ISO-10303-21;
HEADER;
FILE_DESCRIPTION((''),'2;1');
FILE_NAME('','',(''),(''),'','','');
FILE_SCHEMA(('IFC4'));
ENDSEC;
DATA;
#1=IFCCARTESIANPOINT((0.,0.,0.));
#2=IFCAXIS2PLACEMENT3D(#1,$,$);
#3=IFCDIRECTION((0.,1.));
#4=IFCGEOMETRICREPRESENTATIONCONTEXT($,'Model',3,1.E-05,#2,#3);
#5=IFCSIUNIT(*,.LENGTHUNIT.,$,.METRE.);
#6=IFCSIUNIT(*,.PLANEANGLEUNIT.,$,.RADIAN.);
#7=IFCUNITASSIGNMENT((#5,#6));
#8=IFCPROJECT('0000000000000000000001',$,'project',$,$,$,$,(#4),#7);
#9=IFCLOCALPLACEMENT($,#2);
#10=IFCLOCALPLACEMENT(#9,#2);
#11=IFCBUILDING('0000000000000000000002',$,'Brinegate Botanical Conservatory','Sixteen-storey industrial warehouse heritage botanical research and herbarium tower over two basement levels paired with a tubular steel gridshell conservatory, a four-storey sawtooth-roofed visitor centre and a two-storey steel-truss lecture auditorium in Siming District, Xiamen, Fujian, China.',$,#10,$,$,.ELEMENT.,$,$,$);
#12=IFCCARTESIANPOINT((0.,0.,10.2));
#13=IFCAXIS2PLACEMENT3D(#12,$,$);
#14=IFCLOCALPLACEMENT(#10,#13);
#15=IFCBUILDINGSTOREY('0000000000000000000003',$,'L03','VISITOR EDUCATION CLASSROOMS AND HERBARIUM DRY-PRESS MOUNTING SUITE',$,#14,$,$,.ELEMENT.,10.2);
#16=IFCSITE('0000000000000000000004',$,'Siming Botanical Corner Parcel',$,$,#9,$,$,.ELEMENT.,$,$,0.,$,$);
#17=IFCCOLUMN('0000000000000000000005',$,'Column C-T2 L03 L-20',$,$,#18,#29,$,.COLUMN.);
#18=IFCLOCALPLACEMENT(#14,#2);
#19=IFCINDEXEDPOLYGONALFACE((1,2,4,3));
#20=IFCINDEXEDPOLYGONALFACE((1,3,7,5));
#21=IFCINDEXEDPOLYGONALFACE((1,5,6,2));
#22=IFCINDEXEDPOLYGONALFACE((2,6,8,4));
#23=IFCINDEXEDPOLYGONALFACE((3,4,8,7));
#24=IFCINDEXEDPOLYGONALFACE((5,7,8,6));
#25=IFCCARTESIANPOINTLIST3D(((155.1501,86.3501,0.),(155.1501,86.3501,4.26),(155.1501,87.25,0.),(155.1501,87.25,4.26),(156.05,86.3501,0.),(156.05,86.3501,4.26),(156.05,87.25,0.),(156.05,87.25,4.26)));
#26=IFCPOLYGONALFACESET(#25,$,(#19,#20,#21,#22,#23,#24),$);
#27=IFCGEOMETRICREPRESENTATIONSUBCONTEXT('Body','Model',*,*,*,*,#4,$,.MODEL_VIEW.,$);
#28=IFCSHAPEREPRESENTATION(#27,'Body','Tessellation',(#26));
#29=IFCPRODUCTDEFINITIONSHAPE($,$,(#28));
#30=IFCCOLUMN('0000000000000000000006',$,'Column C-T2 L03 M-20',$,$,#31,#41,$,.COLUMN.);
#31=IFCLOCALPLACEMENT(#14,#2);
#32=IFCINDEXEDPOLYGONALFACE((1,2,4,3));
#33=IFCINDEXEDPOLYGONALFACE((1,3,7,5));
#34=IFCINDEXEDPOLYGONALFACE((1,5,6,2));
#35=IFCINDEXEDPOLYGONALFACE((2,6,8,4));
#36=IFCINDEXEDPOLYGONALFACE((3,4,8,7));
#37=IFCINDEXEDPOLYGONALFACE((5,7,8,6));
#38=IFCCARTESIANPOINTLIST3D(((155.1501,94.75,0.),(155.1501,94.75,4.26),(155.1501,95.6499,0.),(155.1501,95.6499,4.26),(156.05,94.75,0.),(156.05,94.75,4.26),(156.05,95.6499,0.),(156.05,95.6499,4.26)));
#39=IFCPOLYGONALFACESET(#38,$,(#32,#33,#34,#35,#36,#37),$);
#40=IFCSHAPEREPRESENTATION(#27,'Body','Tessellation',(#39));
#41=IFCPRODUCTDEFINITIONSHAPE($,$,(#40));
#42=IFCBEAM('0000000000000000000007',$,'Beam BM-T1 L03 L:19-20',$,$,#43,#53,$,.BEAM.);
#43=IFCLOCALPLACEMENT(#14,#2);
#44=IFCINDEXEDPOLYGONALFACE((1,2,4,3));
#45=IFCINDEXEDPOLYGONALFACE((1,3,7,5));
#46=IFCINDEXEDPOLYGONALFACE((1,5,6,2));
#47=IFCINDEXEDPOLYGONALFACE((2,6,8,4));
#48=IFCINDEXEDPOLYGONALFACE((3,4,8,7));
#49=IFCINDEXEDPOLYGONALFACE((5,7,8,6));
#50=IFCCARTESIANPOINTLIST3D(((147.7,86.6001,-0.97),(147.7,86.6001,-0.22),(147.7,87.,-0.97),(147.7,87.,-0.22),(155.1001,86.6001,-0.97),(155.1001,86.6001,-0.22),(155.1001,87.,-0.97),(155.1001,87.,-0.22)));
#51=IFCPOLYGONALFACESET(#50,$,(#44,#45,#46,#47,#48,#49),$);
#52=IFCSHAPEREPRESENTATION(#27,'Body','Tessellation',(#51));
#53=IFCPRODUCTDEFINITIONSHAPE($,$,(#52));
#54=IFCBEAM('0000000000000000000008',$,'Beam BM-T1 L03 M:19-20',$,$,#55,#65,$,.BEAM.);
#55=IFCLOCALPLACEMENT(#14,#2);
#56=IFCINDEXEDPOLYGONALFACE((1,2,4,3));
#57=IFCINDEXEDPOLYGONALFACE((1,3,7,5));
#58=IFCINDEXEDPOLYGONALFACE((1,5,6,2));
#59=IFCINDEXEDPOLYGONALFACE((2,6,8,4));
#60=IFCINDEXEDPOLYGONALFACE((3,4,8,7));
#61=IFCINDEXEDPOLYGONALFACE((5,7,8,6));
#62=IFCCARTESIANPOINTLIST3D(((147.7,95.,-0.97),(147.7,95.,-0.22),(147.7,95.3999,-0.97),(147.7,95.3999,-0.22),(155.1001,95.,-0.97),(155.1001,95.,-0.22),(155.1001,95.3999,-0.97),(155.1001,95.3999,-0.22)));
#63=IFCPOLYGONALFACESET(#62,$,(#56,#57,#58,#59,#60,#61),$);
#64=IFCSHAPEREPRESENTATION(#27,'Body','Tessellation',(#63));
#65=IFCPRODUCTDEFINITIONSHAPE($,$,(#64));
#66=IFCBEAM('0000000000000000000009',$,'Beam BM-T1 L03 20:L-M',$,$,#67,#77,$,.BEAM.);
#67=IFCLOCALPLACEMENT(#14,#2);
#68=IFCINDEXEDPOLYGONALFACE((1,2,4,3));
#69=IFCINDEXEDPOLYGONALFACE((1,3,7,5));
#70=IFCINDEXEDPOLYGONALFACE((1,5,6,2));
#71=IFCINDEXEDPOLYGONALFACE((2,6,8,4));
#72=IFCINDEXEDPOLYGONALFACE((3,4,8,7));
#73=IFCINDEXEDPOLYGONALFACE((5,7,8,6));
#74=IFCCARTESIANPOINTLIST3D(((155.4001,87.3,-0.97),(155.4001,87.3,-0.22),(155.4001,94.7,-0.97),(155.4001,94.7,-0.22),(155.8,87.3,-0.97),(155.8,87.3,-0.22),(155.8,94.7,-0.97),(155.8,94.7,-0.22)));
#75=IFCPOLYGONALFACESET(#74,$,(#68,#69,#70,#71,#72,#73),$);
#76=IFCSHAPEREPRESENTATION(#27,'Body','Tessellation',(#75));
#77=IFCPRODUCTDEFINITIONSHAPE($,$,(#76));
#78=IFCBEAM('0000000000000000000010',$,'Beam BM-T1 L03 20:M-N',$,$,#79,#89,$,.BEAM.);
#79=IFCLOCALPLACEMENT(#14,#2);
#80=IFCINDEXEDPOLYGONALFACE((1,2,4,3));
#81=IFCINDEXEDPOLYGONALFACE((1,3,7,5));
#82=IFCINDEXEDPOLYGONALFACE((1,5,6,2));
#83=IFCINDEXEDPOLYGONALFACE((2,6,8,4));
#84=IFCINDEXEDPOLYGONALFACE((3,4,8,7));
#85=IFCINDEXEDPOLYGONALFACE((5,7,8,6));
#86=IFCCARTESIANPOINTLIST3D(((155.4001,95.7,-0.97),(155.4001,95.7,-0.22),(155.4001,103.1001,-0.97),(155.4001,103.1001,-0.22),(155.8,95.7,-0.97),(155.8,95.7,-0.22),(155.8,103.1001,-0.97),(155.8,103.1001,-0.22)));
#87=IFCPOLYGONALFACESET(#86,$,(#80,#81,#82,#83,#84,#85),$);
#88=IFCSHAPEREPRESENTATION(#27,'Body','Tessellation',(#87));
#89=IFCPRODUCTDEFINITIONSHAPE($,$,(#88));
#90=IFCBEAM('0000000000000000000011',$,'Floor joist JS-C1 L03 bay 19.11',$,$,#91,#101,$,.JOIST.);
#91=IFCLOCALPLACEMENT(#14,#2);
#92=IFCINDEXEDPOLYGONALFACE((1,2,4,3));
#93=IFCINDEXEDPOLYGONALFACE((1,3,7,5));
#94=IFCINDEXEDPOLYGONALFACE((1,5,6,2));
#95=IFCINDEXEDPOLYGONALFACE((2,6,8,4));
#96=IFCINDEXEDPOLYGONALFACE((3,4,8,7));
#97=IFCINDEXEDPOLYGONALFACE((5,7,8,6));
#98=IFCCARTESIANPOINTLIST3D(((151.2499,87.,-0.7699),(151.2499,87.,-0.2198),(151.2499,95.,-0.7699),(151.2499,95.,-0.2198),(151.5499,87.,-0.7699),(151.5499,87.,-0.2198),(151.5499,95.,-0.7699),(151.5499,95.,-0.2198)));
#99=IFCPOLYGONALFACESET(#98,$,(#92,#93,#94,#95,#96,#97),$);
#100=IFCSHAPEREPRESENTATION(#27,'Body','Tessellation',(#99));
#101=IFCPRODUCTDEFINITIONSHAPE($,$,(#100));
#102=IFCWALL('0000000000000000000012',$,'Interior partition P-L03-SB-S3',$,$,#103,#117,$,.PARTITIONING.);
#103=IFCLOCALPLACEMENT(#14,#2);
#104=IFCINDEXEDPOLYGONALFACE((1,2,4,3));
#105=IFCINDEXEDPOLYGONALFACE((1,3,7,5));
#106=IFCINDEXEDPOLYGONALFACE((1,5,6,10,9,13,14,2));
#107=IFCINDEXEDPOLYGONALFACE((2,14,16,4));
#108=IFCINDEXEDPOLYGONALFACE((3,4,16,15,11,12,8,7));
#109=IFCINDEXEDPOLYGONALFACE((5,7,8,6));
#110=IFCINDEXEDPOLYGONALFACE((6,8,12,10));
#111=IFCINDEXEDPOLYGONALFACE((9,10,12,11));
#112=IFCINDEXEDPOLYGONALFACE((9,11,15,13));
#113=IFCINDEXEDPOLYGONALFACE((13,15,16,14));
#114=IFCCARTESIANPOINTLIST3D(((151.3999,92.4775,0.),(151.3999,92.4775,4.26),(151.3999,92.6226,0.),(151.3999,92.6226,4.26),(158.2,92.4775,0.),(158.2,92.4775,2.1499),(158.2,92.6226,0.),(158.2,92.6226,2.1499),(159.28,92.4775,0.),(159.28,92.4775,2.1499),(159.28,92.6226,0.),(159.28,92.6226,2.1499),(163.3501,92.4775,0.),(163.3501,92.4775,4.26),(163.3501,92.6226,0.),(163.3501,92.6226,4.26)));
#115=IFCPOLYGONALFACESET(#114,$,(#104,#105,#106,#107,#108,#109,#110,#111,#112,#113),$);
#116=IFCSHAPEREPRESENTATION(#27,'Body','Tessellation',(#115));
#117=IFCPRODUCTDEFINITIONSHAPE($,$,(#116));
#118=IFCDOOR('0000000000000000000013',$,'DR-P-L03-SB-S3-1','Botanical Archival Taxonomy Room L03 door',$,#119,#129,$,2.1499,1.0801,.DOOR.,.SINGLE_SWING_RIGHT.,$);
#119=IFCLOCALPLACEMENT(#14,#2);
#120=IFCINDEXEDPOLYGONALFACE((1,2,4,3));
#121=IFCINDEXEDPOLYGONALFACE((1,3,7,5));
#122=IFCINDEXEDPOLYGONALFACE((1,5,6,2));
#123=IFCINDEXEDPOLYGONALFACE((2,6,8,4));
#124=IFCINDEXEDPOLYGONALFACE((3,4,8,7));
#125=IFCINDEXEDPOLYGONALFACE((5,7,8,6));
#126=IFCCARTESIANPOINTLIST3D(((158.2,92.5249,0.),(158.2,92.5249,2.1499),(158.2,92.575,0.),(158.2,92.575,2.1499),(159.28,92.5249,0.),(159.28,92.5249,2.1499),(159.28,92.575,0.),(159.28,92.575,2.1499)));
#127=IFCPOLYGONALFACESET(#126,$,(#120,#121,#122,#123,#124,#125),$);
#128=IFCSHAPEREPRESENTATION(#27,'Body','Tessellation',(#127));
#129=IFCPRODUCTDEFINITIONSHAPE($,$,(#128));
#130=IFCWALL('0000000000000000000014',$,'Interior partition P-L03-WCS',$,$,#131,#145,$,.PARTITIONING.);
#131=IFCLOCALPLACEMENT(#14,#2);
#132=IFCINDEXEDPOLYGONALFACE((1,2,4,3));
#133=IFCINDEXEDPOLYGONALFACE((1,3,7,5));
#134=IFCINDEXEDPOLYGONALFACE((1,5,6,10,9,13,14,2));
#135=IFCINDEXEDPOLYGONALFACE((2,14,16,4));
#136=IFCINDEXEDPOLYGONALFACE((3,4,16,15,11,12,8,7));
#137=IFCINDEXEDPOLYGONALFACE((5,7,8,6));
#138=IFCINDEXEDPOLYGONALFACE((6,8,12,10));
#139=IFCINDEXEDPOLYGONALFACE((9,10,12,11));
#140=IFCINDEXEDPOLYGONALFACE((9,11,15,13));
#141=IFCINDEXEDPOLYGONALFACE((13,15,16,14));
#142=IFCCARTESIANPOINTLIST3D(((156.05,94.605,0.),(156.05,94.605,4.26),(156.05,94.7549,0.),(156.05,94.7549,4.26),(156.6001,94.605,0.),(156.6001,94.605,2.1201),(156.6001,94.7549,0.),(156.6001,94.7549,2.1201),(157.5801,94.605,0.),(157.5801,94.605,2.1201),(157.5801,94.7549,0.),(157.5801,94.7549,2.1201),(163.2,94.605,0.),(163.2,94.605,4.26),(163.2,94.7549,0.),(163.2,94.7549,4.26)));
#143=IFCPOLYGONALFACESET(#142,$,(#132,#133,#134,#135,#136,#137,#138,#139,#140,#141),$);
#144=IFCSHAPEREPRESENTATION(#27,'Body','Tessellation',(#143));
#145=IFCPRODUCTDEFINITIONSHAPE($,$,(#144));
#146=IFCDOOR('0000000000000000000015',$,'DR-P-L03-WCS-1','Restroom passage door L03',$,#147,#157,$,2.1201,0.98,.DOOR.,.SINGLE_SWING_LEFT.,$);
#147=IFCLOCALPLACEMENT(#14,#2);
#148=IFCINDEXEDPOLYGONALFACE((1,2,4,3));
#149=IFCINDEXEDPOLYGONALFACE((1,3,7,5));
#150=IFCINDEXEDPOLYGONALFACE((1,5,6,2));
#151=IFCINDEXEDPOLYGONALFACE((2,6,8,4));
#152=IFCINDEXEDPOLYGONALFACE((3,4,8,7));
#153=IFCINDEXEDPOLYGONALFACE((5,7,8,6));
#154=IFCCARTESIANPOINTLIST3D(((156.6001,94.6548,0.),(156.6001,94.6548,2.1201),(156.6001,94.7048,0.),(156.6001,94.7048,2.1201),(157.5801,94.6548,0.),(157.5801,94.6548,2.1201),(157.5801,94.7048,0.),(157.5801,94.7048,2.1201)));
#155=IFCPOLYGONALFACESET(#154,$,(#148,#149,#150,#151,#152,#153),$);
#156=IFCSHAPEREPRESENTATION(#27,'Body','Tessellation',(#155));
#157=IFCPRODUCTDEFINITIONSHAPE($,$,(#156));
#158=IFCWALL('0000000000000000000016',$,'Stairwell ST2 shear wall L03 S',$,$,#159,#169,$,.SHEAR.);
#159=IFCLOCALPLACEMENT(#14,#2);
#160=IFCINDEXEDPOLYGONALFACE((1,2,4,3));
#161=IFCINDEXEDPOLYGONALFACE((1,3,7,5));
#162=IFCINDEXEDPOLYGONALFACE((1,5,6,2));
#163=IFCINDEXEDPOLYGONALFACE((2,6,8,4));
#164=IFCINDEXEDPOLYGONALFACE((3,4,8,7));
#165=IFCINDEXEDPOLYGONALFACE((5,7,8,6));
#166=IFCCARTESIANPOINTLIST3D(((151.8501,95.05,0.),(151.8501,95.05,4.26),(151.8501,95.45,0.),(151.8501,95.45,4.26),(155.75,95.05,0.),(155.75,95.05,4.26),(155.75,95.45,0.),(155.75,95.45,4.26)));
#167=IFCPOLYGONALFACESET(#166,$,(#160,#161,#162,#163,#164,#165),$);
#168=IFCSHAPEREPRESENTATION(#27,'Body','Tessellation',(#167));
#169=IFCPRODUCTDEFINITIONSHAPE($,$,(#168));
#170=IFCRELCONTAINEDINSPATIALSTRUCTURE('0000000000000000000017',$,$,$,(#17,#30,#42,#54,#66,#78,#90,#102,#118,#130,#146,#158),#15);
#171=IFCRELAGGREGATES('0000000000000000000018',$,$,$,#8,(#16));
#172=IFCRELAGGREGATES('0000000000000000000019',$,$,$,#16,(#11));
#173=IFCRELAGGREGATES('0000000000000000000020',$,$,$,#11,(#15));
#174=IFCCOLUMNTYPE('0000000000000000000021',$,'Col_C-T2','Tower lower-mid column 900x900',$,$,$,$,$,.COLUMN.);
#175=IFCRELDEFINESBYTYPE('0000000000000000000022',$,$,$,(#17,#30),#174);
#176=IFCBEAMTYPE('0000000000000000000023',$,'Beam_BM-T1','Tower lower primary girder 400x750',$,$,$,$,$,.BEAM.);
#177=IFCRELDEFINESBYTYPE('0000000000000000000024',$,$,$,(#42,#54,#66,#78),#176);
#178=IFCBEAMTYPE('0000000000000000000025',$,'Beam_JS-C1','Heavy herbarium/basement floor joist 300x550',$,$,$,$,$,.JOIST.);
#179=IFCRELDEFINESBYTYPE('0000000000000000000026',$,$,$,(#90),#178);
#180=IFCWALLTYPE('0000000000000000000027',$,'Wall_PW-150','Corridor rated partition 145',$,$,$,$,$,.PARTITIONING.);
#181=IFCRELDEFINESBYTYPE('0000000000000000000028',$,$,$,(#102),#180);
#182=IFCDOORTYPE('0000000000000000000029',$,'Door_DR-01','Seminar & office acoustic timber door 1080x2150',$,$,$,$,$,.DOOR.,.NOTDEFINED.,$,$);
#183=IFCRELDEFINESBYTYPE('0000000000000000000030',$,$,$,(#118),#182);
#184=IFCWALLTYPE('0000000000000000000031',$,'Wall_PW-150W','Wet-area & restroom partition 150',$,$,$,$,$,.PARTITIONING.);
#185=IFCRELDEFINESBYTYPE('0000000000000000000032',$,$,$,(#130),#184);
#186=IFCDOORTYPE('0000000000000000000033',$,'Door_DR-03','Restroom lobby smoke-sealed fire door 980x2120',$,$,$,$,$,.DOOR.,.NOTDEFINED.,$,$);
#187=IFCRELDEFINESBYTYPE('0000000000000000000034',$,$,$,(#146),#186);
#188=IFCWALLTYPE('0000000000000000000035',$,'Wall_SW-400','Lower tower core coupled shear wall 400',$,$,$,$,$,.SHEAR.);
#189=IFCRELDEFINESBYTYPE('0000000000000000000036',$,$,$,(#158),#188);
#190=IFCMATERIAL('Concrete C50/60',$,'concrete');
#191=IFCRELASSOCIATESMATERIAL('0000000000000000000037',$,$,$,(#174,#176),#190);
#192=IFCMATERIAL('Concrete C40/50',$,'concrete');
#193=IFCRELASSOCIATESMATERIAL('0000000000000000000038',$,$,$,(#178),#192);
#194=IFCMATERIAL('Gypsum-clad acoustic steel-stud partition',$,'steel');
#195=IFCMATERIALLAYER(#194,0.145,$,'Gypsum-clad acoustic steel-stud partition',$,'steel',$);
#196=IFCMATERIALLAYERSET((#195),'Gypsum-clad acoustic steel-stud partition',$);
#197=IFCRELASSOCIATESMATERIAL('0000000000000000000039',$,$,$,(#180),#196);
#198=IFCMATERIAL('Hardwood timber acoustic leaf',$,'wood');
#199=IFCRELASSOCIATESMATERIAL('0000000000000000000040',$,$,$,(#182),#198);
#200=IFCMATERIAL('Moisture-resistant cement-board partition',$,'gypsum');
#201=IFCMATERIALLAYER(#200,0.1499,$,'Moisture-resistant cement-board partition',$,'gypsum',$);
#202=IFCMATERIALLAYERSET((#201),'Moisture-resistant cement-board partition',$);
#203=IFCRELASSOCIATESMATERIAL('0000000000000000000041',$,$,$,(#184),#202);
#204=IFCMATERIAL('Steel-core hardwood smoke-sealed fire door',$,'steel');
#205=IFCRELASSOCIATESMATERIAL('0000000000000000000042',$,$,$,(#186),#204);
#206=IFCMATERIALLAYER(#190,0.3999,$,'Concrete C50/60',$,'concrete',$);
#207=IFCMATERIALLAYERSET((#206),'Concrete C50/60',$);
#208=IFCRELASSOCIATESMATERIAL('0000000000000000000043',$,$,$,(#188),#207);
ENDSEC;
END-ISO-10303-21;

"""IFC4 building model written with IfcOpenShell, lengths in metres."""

from ifc_helpers import new_model, si_unit, direction, frame, frame_2d, origin, origin_2d, place, context, subcontext, project, spatial, rectangle, extrude, material, layer, layer_set, material_profile, profile_set, type_object, element, fill, save


model = new_model("IFC4")

# Units and contexts
model_context = context("Model", 3, precision=1e-05, world=origin(), true_north=direction((0.0, 1.0)))
body_context = subcontext(model_context, "Body", "Model", "MODEL_VIEW")
ifc_project = project(units=[si_unit("LENGTHUNIT", "METRE"), si_unit("PLANEANGLEUNIT", "RADIAN")], contexts=[model_context])

# Site, building, storey
site_placement = place(None, origin())
site = spatial("IfcSite", under=ifc_project, at=site_placement, Name="Siming Botanical Corner Parcel", CompositionType="ELEMENT", RefElevation=0.0)
building_placement = place(site_placement, origin())
building = spatial("IfcBuilding", under=site, at=building_placement, Name="Brinegate Botanical Conservatory", Description="Sixteen-storey industrial warehouse heritage botanical research and herbarium tower over two basement levels paired with a tubular steel gridshell conservatory, a four-storey sawtooth-roofed visitor centre and a two-storey steel-truss lecture auditorium in Siming District, Xiamen, Fujian, China.", CompositionType="ELEMENT")
storey_placement = place(building_placement, frame((0.0, 0.0, 10.2)))
storey = spatial("IfcBuildingStorey", under=building, at=storey_placement, Name="L03", Description="VISITOR EDUCATION CLASSROOMS AND HERBARIUM DRY-PRESS MOUNTING SUITE", CompositionType="ELEMENT", Elevation=10.2)

# Columns
ifc_material_1 = material(Name="Concrete C50/60", Category="concrete")
ifc_material_profile_1 = material_profile(ifc_material_1, rectangle(XDim=0.8999, YDim=0.8999, at=origin_2d()), Name="RC COL 900x900")
ifc_profile_set_1 = profile_set([ifc_material_profile_1], Name="Concrete C50/60")
column_type = type_object("IfcColumnType", Name="Col_C-T2", Description="Tower lower-mid column 900x900", PredefinedType="COLUMN", material=ifc_profile_set_1)
for number, where, z_axis, x_axis, name in (
    (1, (155.6001, 86.8, 0.0), (0.0, 0.0, 1.0), (1.0, 0.0, 0.0), "Column C-T2 L03 L-20"),
    (2, (155.6001, 95.2, 0.0), (0.0, 0.0, 1.0), (1.0, 0.0, 0.0), "Column C-T2 L03 M-20"),
):
    element("IfcColumn", number, at=place(storey_placement, frame(where, z_axis=z_axis, x_axis=x_axis)), inside=storey, type_object=column_type, Name=name, PredefinedType="COLUMN", context=body_context, shape_type="SweptSolid", body=[
        extrude(rectangle(XDim=0.8999, YDim=0.8999, at=origin_2d()), origin(), (0.0, 0.0, 1.0), 4.26),
    ])

# Beams
ifc_material_profile_2 = material_profile(ifc_material_1, rectangle(XDim=0.3999, YDim=0.75, at=origin_2d()), Name="RC BM 400x750")
ifc_profile_set_2 = profile_set([ifc_material_profile_2], Name="Concrete C50/60")
beam_type_1 = type_object("IfcBeamType", Name="Beam_BM-T1", Description="Tower lower primary girder 400x750", PredefinedType="BEAM", material=ifc_profile_set_2)
for number, where, z_axis, x_axis, name in (
    (3, (147.7, 86.8, -0.595), (1.0, 0.0, 0.0), (0.0, 1.0, 0.0), "Beam BM-T1 L03 L:19-20"),
    (4, (147.7, 95.2, -0.595), (1.0, 0.0, 0.0), (0.0, 1.0, 0.0), "Beam BM-T1 L03 M:19-20"),
):
    element("IfcBeam", number, at=place(storey_placement, frame(where, z_axis=z_axis, x_axis=x_axis)), inside=storey, type_object=beam_type_1, Name=name, PredefinedType="BEAM", context=body_context, shape_type="SweptSolid", body=[
        extrude(rectangle(XDim=0.3999, YDim=0.75, at=origin_2d()), origin(), (0.0, 0.0, 1.0), 7.4001),
    ])
beam_1_placement = place(storey_placement, frame((155.6001, 87.3, -0.595), z_axis=(0.0, 1.0, 0.0), x_axis=(-1.0, 0.0, 0.0)))
element("IfcBeam", 5, at=beam_1_placement, inside=storey, type_object=beam_type_1, Name="Beam BM-T1 L03 20:L-M", PredefinedType="BEAM", context=body_context, shape_type="SweptSolid", body=[
    extrude(rectangle(XDim=0.3999, YDim=0.75, at=origin_2d()), origin(), (0.0, 0.0, 1.0), 7.3999),
])
beam_2_placement = place(storey_placement, frame((155.6001, 95.7, -0.595), z_axis=(0.0, 1.0, 0.0), x_axis=(-1.0, 0.0, 0.0)))
element("IfcBeam", 6, at=beam_2_placement, inside=storey, type_object=beam_type_1, Name="Beam BM-T1 L03 20:M-N", PredefinedType="BEAM", context=body_context, shape_type="SweptSolid", body=[
    extrude(rectangle(XDim=0.3999, YDim=0.75, at=origin_2d()), origin(), (0.0, 0.0, 1.0), 7.4001),
])
ifc_material_2 = material(Name="Concrete C40/50", Category="concrete")
ifc_material_profile_3 = material_profile(ifc_material_2, rectangle(XDim=0.3, YDim=0.55, at=origin_2d()), Name="RC JST 300x550")
ifc_profile_set_3 = profile_set([ifc_material_profile_3], Name="Concrete C40/50")
beam_type_2 = type_object("IfcBeamType", Name="Beam_JS-C1", Description="Heavy herbarium/basement floor joist 300x550", PredefinedType="JOIST", material=ifc_profile_set_3)
beam_3_placement = place(storey_placement, frame((151.3999, 87.0, -0.4949), z_axis=(0.0, 1.0, 0.0), x_axis=(-1.0, 0.0, 0.0)))
element("IfcBeam", 7, at=beam_3_placement, inside=storey, type_object=beam_type_2, Name="Floor joist JS-C1 L03 bay 19.11", PredefinedType="JOIST", context=body_context, shape_type="SweptSolid", body=[
    extrude(rectangle(XDim=0.3, YDim=0.55, at=origin_2d()), origin(), (0.0, 0.0, 1.0), 8.0),
])

# Walls, openings, doors
ifc_material_3 = material(Name="Gypsum-clad acoustic steel-stud partition", Category="steel")
ifc_layer_1 = layer(ifc_material_3, 0.145, Name="Gypsum-clad acoustic steel-stud partition", Category="steel")
ifc_layer_set_1 = layer_set([ifc_layer_1], Name="Gypsum-clad acoustic steel-stud partition")
wall_type_1 = type_object("IfcWallType", Name="Wall_PW-150", Description="Corridor rated partition 145", PredefinedType="PARTITIONING", material=ifc_layer_set_1)
wall_1_placement = place(storey_placement, frame((151.3999, 92.55, 0.0), z_axis=(0.0, 0.0, 1.0), x_axis=(1.0, 0.0, 0.0)))
wall_1 = element("IfcWall", 8, at=wall_1_placement, inside=storey, type_object=wall_type_1, Name="Interior partition P-L03-SB-S3", PredefinedType="PARTITIONING", context=body_context, shape_type="SweptSolid", body=[
    extrude(rectangle(XDim=11.9502, YDim=0.145, at=frame_2d((5.9751, 0.0))), origin(), (0.0, 0.0, 1.0), 4.26),
])
opening_1_placement = place(wall_1_placement, frame((6.8, 0.0, 0.0)))
opening_1 = element("IfcOpeningElement", 9, at=opening_1_placement, cuts=wall_1, PredefinedType="OPENING", context=body_context, shape_type="SweptSolid", body=[
    extrude(rectangle(XDim=1.0801, YDim=2.1499, at=frame_2d((0.54, 1.075))), frame((0.0, 0.0825, 0.0), z_axis=(0.0, -1.0, 0.0), x_axis=(1.0, 0.0, 0.0)), (0.0, 0.0, 1.0), 0.165),
])
ifc_material_4 = material(Name="Hardwood timber acoustic leaf", Category="wood")
door_type_1 = type_object("IfcDoorType", Name="Door_DR-01", Description="Seminar & office acoustic timber door 1080x2150", OperationType="NOTDEFINED", PredefinedType="DOOR", material=ifc_material_4)
door_1_placement = place(opening_1_placement, origin())
door_1 = element("IfcDoor", 10, at=door_1_placement, inside=storey, type_object=door_type_1, Name="DR-P-L03-SB-S3-1", Description="Botanical Archival Taxonomy Room L03 door", OperationType="SINGLE_SWING_RIGHT", OverallHeight=2.1499, OverallWidth=1.0801, PredefinedType="DOOR", context=body_context, shape_type="SweptSolid", body=[
    extrude(rectangle(XDim=1.0801, YDim=2.1499, at=frame_2d((0.54, 1.075))), frame((0.0, 0.0249, 0.0), z_axis=(0.0, -1.0, 0.0), x_axis=(1.0, 0.0, 0.0)), (0.0, 0.0, 1.0), 0.05),
])
fill(opening_1, door_1)
ifc_material_5 = material(Name="Moisture-resistant cement-board partition", Category="gypsum")
ifc_layer_2 = layer(ifc_material_5, 0.1499, Name="Moisture-resistant cement-board partition", Category="gypsum")
ifc_layer_set_2 = layer_set([ifc_layer_2], Name="Moisture-resistant cement-board partition")
wall_type_2 = type_object("IfcWallType", Name="Wall_PW-150W", Description="Wet-area & restroom partition 150", PredefinedType="PARTITIONING", material=ifc_layer_set_2)
wall_2_placement = place(storey_placement, frame((156.05, 94.6799, 0.0), z_axis=(0.0, 0.0, 1.0), x_axis=(1.0, 0.0, 0.0)))
wall_2 = element("IfcWall", 11, at=wall_2_placement, inside=storey, type_object=wall_type_2, Name="Interior partition P-L03-WCS", PredefinedType="PARTITIONING", context=body_context, shape_type="SweptSolid", body=[
    extrude(rectangle(XDim=7.1499, YDim=0.1499, at=frame_2d((3.575, 0.0))), origin(), (0.0, 0.0, 1.0), 4.26),
])
opening_2_placement = place(wall_2_placement, frame((0.55, 0.0, 0.0)))
opening_2 = element("IfcOpeningElement", 12, at=opening_2_placement, cuts=wall_2, PredefinedType="OPENING", context=body_context, shape_type="SweptSolid", body=[
    extrude(rectangle(XDim=0.98, YDim=2.1201, at=frame_2d((0.49, 1.0601))), frame((0.0, 0.085, 0.0), z_axis=(0.0, -1.0, 0.0), x_axis=(1.0, 0.0, 0.0)), (0.0, 0.0, 1.0), 0.1699),
])
ifc_material_6 = material(Name="Steel-core hardwood smoke-sealed fire door", Category="steel")
door_type_2 = type_object("IfcDoorType", Name="Door_DR-03", Description="Restroom lobby smoke-sealed fire door 980x2120", OperationType="NOTDEFINED", PredefinedType="DOOR", material=ifc_material_6)
door_2_placement = place(opening_2_placement, origin())
door_2 = element("IfcDoor", 13, at=door_2_placement, inside=storey, type_object=door_type_2, Name="DR-P-L03-WCS-1", Description="Restroom passage door L03", OperationType="SINGLE_SWING_LEFT", OverallHeight=2.1201, OverallWidth=0.98, PredefinedType="DOOR", context=body_context, shape_type="SweptSolid", body=[
    extrude(rectangle(XDim=0.98, YDim=2.1201, at=frame_2d((0.49, 1.0601))), frame((0.0, 0.0249, 0.0), z_axis=(0.0, -1.0, 0.0), x_axis=(1.0, 0.0, 0.0)), (0.0, 0.0, 1.0), 0.05),
])
fill(opening_2, door_2)

# Wall
ifc_layer_3 = layer(ifc_material_1, 0.3999, Name="Concrete C50/60", Category="concrete")
ifc_layer_set_3 = layer_set([ifc_layer_3], Name="Concrete C50/60")
wall_type_3 = type_object("IfcWallType", Name="Wall_SW-400", Description="Lower tower core coupled shear wall 400", PredefinedType="SHEAR", material=ifc_layer_set_3)
wall_3_placement = place(storey_placement, frame((151.8501, 95.25, 0.0), z_axis=(0.0, 0.0, 1.0), x_axis=(1.0, 0.0, 0.0)))
element("IfcWall", 14, at=wall_3_placement, inside=storey, type_object=wall_type_3, Name="Stairwell ST2 shear wall L03 S", PredefinedType="SHEAR", context=body_context, shape_type="SweptSolid", body=[
    extrude(rectangle(XDim=3.8999, YDim=0.3999, at=frame_2d((1.95, 0.0))), origin(), (0.0, 0.0, 1.0), 4.26),
])

save(model, "model.ifc")
